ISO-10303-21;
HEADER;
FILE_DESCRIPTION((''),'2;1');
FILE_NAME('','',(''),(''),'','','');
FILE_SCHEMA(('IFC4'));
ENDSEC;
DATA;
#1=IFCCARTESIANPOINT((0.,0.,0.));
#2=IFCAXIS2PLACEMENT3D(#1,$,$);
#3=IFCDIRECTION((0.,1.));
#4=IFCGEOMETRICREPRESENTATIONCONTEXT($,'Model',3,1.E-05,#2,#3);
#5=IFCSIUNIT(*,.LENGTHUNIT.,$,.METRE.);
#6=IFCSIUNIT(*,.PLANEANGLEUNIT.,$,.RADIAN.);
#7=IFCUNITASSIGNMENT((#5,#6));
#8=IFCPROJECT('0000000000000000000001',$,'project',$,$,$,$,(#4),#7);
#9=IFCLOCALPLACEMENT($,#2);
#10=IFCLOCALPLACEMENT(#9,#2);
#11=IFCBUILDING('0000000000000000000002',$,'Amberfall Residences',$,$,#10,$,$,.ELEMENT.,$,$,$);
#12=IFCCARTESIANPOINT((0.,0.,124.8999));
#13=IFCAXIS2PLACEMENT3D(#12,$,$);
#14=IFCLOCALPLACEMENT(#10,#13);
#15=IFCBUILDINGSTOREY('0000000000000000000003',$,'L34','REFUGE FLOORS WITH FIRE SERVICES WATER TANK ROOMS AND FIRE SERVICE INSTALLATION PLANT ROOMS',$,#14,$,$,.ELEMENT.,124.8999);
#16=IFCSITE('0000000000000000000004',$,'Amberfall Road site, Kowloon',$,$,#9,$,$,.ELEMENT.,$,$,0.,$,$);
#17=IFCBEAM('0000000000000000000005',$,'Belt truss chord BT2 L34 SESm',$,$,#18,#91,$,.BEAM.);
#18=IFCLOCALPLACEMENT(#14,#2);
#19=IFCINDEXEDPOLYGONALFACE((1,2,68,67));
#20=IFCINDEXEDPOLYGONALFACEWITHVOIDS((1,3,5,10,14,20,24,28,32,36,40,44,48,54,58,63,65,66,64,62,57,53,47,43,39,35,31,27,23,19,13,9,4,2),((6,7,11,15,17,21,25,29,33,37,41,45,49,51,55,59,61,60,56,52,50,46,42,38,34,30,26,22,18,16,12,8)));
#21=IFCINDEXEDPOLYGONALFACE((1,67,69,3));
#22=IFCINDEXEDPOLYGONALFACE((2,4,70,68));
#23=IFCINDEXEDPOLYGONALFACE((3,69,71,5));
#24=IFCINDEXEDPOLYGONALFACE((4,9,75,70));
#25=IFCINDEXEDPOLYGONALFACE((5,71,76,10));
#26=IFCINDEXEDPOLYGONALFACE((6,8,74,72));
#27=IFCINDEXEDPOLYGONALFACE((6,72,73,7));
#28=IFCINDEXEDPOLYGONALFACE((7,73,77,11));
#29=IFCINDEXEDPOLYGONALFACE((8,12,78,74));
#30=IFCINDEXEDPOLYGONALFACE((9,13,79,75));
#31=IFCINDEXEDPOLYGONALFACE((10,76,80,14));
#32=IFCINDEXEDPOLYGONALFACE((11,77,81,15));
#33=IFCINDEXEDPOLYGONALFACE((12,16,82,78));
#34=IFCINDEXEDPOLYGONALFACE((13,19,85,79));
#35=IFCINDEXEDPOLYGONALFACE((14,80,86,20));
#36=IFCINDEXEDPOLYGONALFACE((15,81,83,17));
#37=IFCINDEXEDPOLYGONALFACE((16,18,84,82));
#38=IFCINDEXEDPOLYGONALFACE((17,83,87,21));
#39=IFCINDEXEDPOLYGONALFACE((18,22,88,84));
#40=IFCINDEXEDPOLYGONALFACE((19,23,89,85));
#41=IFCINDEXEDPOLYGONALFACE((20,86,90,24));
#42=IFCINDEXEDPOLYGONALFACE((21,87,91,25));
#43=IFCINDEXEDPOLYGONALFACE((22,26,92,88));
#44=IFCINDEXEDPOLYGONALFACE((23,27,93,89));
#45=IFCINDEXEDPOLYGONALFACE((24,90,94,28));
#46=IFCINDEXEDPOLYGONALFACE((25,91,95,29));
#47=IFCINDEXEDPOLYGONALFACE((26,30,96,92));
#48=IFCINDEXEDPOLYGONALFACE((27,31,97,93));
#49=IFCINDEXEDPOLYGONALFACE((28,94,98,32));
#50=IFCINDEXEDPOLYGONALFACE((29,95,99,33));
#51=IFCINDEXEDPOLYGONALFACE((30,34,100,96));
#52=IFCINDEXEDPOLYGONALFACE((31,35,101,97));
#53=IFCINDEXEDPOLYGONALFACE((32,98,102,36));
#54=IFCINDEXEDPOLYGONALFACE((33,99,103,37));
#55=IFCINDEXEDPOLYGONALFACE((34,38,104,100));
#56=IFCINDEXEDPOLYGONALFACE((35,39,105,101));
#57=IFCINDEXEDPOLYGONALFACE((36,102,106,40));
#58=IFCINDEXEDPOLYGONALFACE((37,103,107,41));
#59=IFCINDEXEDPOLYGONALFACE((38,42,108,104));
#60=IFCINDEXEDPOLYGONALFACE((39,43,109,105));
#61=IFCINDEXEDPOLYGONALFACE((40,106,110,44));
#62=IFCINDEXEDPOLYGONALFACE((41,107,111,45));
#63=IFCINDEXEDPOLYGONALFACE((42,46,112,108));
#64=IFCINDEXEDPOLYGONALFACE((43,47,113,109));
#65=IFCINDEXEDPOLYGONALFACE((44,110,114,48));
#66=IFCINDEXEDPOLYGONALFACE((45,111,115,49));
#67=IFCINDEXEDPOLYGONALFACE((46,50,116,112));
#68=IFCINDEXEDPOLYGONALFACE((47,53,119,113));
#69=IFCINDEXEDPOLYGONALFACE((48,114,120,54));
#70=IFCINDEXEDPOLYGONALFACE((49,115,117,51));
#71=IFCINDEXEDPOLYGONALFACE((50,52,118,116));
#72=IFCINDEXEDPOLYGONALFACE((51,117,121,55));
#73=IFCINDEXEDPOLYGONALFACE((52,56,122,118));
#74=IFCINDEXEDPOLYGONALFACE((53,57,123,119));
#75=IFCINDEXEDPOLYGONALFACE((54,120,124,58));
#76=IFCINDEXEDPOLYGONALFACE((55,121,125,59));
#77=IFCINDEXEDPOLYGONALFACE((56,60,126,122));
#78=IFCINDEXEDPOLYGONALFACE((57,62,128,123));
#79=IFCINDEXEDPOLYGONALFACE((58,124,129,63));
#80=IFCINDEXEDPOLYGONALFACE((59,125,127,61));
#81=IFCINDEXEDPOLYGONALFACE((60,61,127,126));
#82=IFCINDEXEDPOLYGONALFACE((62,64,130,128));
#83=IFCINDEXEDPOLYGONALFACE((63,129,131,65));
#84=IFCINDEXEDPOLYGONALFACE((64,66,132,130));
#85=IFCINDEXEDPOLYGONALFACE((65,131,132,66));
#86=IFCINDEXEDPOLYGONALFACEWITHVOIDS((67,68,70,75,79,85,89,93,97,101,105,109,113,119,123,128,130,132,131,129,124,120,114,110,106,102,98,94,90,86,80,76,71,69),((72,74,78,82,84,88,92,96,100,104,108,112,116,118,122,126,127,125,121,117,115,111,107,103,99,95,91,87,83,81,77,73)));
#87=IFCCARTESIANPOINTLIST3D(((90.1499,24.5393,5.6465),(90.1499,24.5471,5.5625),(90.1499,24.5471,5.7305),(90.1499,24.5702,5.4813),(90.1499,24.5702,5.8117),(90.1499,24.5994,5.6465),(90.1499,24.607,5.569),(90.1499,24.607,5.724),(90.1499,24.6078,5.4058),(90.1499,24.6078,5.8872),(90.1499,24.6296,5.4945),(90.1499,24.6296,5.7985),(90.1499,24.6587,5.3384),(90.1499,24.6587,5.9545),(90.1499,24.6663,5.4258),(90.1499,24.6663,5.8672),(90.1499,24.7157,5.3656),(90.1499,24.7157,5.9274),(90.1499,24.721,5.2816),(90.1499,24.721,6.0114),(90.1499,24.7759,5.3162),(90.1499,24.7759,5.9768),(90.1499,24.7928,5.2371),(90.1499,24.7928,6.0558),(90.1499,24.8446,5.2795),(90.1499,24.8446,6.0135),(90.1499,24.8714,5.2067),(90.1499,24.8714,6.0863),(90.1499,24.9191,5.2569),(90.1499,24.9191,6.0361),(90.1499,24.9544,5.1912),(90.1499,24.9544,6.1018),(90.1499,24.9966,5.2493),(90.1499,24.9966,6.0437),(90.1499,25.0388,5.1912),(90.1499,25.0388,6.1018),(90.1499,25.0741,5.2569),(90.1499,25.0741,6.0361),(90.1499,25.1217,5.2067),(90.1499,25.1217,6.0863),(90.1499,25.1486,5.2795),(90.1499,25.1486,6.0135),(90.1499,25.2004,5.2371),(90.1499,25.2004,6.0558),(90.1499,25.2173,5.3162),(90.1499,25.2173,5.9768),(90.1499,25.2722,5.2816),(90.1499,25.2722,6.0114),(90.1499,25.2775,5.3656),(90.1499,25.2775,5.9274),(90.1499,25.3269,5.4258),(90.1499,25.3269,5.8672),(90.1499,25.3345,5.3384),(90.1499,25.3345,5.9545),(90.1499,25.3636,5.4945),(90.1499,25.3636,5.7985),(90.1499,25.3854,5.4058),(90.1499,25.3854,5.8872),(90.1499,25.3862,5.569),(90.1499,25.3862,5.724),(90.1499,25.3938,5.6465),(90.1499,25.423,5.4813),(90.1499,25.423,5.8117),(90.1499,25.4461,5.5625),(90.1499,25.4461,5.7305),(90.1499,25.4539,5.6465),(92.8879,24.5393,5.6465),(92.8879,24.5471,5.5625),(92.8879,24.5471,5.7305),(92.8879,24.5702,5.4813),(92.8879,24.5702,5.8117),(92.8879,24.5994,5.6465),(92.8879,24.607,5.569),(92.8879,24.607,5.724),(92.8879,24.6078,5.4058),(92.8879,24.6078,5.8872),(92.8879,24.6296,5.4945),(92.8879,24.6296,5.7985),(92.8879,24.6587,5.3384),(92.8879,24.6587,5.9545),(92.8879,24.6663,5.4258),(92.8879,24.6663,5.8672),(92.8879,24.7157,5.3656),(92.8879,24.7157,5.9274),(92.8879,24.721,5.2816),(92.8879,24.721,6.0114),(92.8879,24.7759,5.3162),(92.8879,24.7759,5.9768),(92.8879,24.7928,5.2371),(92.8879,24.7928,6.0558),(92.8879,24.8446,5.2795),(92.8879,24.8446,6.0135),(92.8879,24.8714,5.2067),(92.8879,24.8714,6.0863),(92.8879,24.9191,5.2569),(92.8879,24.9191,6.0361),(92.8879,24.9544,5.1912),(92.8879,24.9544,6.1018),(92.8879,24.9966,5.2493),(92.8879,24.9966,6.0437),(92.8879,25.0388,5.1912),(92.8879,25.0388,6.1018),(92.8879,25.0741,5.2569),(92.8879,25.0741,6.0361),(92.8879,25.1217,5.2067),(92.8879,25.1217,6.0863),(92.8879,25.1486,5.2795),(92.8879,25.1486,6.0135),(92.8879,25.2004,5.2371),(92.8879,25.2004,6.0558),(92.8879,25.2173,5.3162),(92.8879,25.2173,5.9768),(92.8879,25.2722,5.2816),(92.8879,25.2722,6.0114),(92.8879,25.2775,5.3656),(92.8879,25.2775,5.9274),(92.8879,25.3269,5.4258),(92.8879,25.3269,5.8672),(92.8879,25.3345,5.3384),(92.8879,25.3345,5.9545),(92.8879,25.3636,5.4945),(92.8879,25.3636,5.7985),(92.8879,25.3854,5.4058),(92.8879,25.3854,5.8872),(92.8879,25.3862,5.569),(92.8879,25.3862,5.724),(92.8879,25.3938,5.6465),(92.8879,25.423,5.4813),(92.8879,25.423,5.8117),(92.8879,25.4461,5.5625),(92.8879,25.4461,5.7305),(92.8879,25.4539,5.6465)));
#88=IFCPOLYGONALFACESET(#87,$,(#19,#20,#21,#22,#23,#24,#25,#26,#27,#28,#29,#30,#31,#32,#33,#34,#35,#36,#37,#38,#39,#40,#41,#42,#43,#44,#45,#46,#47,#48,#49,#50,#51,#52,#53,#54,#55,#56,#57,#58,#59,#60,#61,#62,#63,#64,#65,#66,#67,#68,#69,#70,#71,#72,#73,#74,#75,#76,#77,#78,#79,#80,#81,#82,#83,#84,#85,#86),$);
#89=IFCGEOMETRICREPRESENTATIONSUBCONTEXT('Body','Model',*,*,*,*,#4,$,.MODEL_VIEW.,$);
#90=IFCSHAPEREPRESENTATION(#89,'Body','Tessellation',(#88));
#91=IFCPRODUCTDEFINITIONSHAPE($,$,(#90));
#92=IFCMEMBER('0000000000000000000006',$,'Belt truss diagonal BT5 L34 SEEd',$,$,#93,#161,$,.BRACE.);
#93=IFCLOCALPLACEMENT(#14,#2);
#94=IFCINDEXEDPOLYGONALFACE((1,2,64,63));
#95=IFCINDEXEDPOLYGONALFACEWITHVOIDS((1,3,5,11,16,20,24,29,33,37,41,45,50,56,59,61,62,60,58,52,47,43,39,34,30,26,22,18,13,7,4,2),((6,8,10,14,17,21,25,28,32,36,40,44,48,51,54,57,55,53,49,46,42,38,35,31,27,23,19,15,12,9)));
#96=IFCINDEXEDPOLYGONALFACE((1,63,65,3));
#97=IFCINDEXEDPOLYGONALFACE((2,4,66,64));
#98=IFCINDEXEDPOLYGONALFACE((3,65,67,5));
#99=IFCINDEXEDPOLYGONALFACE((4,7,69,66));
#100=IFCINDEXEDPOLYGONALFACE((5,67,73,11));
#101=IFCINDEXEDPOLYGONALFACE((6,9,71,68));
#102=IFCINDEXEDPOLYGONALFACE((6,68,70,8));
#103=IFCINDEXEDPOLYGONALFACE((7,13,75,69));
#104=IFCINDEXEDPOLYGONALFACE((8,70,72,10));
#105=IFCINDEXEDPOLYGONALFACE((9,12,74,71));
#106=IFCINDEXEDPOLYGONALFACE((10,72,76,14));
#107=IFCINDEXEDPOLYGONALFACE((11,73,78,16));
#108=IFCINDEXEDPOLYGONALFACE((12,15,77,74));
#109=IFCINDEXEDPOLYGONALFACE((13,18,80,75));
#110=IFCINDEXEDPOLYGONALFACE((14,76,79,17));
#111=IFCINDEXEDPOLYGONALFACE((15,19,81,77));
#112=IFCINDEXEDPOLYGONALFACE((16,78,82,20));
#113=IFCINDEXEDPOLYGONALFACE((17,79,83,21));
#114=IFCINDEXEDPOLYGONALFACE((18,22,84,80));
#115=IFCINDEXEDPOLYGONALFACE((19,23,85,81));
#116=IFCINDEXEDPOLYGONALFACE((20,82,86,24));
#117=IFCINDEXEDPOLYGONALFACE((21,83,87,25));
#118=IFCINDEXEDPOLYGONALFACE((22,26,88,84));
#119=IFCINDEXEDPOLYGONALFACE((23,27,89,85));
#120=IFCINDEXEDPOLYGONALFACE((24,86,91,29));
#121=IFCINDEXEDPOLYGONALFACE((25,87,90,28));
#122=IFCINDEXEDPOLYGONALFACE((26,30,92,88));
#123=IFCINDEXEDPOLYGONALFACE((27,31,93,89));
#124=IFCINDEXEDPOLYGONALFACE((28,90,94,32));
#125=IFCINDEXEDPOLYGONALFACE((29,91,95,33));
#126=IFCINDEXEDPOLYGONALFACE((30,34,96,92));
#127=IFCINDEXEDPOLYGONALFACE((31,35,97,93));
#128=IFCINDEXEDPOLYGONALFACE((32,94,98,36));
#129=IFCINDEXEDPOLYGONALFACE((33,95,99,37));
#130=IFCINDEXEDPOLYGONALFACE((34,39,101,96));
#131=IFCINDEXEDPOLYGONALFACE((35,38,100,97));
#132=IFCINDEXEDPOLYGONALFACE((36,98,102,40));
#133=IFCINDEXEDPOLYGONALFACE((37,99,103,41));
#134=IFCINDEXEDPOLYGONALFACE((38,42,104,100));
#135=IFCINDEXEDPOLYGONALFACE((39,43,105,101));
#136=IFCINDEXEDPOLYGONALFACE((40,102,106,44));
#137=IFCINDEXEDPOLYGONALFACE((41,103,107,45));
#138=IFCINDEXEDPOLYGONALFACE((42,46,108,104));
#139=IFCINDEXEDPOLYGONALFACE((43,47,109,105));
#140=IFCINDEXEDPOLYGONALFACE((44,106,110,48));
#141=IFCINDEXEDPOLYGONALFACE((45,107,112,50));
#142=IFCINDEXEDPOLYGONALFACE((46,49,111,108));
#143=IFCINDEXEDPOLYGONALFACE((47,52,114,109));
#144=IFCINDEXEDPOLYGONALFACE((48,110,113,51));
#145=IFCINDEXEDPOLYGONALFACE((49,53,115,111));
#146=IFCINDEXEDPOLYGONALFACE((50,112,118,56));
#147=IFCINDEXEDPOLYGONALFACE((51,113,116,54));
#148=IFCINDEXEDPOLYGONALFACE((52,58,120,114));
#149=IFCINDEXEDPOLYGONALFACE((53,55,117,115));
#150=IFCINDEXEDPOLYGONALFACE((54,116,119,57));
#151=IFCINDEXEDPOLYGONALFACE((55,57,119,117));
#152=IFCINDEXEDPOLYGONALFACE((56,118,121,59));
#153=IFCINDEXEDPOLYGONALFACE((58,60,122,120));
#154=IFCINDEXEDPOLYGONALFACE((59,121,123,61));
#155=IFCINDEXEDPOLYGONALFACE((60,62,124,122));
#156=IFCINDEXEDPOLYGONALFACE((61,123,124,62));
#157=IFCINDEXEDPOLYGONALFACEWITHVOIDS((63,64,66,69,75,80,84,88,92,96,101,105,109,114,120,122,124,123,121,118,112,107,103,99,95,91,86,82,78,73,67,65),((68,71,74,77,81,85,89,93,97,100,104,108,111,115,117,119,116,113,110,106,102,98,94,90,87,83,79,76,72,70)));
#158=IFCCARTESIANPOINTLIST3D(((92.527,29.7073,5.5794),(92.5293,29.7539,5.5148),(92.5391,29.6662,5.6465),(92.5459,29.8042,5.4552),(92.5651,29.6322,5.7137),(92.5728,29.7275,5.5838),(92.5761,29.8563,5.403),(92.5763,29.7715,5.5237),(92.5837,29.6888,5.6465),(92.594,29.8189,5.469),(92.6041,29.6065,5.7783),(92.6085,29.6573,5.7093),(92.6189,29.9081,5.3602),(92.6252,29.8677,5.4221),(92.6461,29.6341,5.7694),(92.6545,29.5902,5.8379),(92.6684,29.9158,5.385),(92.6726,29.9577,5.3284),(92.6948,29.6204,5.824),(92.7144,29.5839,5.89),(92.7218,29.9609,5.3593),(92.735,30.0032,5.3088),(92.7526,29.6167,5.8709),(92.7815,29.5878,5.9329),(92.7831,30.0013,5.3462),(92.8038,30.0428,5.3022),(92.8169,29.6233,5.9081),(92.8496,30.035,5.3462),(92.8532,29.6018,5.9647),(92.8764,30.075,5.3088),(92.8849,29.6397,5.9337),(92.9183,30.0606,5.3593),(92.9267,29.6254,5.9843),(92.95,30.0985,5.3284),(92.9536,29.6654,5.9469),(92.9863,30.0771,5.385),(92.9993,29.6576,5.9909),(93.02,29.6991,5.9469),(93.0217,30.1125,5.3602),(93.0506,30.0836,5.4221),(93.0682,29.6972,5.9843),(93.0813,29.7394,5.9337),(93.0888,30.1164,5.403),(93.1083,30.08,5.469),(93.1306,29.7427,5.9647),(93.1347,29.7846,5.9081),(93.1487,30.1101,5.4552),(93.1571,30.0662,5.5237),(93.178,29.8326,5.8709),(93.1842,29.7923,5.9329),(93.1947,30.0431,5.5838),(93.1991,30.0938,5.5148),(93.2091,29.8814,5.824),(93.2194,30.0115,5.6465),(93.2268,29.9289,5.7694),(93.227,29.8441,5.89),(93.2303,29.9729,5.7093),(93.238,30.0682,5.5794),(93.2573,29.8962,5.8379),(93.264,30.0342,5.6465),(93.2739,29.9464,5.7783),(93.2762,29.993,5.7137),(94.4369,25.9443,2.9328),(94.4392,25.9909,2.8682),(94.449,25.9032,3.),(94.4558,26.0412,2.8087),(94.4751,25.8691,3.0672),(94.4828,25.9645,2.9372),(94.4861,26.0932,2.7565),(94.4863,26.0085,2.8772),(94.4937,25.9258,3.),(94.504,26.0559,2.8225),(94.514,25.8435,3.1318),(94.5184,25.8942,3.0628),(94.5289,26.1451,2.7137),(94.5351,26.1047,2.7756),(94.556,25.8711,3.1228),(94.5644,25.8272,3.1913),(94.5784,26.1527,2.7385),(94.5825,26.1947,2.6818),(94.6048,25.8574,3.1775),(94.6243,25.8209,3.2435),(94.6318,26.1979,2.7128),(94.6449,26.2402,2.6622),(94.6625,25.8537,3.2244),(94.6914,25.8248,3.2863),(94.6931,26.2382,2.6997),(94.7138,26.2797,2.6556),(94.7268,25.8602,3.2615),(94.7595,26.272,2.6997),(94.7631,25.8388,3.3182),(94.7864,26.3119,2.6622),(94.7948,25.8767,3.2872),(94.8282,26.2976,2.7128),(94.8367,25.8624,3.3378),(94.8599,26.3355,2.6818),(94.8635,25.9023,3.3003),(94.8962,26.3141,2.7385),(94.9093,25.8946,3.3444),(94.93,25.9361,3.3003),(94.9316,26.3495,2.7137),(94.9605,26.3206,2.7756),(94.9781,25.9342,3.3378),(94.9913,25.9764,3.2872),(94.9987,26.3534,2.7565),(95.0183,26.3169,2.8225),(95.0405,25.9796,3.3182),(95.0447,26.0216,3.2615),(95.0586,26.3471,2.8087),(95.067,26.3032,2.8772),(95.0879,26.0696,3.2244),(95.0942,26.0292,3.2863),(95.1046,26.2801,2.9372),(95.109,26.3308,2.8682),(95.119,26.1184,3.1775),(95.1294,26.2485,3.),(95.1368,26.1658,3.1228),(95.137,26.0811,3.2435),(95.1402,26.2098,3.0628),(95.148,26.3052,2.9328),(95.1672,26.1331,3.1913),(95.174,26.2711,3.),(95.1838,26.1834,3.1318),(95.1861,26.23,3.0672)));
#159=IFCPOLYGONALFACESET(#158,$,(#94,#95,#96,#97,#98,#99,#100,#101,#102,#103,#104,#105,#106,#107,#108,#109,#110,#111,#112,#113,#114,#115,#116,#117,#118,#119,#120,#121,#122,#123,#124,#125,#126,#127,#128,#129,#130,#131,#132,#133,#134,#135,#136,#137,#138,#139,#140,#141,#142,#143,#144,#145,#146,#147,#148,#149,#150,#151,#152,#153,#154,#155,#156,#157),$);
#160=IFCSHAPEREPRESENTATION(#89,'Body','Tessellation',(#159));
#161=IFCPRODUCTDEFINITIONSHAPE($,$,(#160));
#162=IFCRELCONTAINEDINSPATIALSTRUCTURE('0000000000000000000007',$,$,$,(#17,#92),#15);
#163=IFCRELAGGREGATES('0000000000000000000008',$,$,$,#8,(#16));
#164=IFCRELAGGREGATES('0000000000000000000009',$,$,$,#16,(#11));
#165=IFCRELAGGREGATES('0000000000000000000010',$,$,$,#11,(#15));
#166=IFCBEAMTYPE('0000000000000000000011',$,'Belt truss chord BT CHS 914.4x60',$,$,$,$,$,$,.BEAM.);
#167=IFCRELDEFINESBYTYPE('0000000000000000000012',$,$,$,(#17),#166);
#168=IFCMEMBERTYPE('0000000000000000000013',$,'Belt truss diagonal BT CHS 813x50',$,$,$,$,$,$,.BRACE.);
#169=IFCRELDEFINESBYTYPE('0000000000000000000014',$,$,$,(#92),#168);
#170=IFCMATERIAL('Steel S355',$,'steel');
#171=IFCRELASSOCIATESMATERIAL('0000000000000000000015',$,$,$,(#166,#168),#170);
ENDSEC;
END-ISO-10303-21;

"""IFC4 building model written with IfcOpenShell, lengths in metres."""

from ifc_helpers import new_model, si_unit, direction, frame, origin, origin_2d, place, context, subcontext, project, spatial, hollow_circle, extrude, material, material_profile, profile_set, type_object, element, save


model = new_model("IFC4")

# Units and contexts
model_context = context("Model", 3, precision=1e-05, world=origin(), true_north=direction((0.0, 1.0)))
body_context = subcontext(model_context, "Body", "Model", "MODEL_VIEW")
ifc_project = project(units=[si_unit("LENGTHUNIT", "METRE"), si_unit("PLANEANGLEUNIT", "RADIAN")], contexts=[model_context])

# Site, building, storey
site_placement = place(None, origin())
site = spatial("IfcSite", under=ifc_project, at=site_placement, Name="Amberfall Road site, Kowloon", CompositionType="ELEMENT", RefElevation=0.0)
building_placement = place(site_placement, origin())
building = spatial("IfcBuilding", under=site, at=building_placement, Name="Amberfall Residences", CompositionType="ELEMENT")
storey_placement = place(building_placement, frame((0.0, 0.0, 124.8999)))
storey = spatial("IfcBuildingStorey", under=building, at=storey_placement, Name="L34", Description="REFUGE FLOORS WITH FIRE SERVICES WATER TANK ROOMS AND FIRE SERVICE INSTALLATION PLANT ROOMS", CompositionType="ELEMENT", Elevation=124.8999)

# Beam
ifc_material_1 = material(Name="Steel S355", Category="steel")
ifc_material_profile_1 = material_profile(ifc_material_1, hollow_circle(Radius=0.4573, WallThickness=0.0601, at=origin_2d()), Name="CHS 914.4x60")
ifc_profile_set_1 = profile_set([ifc_material_profile_1], Name="Steel S355")
beam_type_1 = type_object("IfcBeamType", Name="Belt truss chord BT CHS 914.4x60", PredefinedType="BEAM", material=ifc_profile_set_1)
beam_1_placement = place(storey_placement, frame((92.8879, 24.9966, 5.6465), z_axis=(-1.0, 0.0, 0.0), x_axis=(0.0, -1.0, 0.0)))
element("IfcBeam", 1, at=beam_1_placement, inside=storey, type_object=beam_type_1, Name="Belt truss chord BT2 L34 SESm", PredefinedType="BEAM", context=body_context, shape_type="SweptSolid", body=[
    extrude(hollow_circle(Radius=0.4573, WallThickness=0.0601, at=origin_2d()), origin(), (0.0, 0.0, 1.0), 2.738),
])

# Member
ifc_material_profile_2 = material_profile(ifc_material_1, hollow_circle(Radius=0.4065, WallThickness=0.05, at=origin_2d()), Name="CHS 813x50")
ifc_profile_set_2 = profile_set([ifc_material_profile_2], Name="Steel S355")
member_type = type_object("IfcMemberType", Name="Belt truss diagonal BT CHS 813x50", PredefinedType="BRACE", material=ifc_profile_set_2)
member_1_placement = place(storey_placement, frame((94.8115, 26.0872, 3.0), z_axis=(-0.383432, 0.755443, 0.531305), x_axis=(-0.891715, -0.452598, 0.0)))
element("IfcMember", 2, at=member_1_placement, inside=storey, type_object=member_type, Name="Belt truss diagonal BT5 L34 SEEd", PredefinedType="BRACE", context=body_context, shape_type="SweptSolid", body=[
    extrude(hollow_circle(Radius=0.4065, WallThickness=0.05, at=origin_2d()), origin(), (0.0, 0.0, 1.0), 4.9812),
])

save(model, "model.ifc")
